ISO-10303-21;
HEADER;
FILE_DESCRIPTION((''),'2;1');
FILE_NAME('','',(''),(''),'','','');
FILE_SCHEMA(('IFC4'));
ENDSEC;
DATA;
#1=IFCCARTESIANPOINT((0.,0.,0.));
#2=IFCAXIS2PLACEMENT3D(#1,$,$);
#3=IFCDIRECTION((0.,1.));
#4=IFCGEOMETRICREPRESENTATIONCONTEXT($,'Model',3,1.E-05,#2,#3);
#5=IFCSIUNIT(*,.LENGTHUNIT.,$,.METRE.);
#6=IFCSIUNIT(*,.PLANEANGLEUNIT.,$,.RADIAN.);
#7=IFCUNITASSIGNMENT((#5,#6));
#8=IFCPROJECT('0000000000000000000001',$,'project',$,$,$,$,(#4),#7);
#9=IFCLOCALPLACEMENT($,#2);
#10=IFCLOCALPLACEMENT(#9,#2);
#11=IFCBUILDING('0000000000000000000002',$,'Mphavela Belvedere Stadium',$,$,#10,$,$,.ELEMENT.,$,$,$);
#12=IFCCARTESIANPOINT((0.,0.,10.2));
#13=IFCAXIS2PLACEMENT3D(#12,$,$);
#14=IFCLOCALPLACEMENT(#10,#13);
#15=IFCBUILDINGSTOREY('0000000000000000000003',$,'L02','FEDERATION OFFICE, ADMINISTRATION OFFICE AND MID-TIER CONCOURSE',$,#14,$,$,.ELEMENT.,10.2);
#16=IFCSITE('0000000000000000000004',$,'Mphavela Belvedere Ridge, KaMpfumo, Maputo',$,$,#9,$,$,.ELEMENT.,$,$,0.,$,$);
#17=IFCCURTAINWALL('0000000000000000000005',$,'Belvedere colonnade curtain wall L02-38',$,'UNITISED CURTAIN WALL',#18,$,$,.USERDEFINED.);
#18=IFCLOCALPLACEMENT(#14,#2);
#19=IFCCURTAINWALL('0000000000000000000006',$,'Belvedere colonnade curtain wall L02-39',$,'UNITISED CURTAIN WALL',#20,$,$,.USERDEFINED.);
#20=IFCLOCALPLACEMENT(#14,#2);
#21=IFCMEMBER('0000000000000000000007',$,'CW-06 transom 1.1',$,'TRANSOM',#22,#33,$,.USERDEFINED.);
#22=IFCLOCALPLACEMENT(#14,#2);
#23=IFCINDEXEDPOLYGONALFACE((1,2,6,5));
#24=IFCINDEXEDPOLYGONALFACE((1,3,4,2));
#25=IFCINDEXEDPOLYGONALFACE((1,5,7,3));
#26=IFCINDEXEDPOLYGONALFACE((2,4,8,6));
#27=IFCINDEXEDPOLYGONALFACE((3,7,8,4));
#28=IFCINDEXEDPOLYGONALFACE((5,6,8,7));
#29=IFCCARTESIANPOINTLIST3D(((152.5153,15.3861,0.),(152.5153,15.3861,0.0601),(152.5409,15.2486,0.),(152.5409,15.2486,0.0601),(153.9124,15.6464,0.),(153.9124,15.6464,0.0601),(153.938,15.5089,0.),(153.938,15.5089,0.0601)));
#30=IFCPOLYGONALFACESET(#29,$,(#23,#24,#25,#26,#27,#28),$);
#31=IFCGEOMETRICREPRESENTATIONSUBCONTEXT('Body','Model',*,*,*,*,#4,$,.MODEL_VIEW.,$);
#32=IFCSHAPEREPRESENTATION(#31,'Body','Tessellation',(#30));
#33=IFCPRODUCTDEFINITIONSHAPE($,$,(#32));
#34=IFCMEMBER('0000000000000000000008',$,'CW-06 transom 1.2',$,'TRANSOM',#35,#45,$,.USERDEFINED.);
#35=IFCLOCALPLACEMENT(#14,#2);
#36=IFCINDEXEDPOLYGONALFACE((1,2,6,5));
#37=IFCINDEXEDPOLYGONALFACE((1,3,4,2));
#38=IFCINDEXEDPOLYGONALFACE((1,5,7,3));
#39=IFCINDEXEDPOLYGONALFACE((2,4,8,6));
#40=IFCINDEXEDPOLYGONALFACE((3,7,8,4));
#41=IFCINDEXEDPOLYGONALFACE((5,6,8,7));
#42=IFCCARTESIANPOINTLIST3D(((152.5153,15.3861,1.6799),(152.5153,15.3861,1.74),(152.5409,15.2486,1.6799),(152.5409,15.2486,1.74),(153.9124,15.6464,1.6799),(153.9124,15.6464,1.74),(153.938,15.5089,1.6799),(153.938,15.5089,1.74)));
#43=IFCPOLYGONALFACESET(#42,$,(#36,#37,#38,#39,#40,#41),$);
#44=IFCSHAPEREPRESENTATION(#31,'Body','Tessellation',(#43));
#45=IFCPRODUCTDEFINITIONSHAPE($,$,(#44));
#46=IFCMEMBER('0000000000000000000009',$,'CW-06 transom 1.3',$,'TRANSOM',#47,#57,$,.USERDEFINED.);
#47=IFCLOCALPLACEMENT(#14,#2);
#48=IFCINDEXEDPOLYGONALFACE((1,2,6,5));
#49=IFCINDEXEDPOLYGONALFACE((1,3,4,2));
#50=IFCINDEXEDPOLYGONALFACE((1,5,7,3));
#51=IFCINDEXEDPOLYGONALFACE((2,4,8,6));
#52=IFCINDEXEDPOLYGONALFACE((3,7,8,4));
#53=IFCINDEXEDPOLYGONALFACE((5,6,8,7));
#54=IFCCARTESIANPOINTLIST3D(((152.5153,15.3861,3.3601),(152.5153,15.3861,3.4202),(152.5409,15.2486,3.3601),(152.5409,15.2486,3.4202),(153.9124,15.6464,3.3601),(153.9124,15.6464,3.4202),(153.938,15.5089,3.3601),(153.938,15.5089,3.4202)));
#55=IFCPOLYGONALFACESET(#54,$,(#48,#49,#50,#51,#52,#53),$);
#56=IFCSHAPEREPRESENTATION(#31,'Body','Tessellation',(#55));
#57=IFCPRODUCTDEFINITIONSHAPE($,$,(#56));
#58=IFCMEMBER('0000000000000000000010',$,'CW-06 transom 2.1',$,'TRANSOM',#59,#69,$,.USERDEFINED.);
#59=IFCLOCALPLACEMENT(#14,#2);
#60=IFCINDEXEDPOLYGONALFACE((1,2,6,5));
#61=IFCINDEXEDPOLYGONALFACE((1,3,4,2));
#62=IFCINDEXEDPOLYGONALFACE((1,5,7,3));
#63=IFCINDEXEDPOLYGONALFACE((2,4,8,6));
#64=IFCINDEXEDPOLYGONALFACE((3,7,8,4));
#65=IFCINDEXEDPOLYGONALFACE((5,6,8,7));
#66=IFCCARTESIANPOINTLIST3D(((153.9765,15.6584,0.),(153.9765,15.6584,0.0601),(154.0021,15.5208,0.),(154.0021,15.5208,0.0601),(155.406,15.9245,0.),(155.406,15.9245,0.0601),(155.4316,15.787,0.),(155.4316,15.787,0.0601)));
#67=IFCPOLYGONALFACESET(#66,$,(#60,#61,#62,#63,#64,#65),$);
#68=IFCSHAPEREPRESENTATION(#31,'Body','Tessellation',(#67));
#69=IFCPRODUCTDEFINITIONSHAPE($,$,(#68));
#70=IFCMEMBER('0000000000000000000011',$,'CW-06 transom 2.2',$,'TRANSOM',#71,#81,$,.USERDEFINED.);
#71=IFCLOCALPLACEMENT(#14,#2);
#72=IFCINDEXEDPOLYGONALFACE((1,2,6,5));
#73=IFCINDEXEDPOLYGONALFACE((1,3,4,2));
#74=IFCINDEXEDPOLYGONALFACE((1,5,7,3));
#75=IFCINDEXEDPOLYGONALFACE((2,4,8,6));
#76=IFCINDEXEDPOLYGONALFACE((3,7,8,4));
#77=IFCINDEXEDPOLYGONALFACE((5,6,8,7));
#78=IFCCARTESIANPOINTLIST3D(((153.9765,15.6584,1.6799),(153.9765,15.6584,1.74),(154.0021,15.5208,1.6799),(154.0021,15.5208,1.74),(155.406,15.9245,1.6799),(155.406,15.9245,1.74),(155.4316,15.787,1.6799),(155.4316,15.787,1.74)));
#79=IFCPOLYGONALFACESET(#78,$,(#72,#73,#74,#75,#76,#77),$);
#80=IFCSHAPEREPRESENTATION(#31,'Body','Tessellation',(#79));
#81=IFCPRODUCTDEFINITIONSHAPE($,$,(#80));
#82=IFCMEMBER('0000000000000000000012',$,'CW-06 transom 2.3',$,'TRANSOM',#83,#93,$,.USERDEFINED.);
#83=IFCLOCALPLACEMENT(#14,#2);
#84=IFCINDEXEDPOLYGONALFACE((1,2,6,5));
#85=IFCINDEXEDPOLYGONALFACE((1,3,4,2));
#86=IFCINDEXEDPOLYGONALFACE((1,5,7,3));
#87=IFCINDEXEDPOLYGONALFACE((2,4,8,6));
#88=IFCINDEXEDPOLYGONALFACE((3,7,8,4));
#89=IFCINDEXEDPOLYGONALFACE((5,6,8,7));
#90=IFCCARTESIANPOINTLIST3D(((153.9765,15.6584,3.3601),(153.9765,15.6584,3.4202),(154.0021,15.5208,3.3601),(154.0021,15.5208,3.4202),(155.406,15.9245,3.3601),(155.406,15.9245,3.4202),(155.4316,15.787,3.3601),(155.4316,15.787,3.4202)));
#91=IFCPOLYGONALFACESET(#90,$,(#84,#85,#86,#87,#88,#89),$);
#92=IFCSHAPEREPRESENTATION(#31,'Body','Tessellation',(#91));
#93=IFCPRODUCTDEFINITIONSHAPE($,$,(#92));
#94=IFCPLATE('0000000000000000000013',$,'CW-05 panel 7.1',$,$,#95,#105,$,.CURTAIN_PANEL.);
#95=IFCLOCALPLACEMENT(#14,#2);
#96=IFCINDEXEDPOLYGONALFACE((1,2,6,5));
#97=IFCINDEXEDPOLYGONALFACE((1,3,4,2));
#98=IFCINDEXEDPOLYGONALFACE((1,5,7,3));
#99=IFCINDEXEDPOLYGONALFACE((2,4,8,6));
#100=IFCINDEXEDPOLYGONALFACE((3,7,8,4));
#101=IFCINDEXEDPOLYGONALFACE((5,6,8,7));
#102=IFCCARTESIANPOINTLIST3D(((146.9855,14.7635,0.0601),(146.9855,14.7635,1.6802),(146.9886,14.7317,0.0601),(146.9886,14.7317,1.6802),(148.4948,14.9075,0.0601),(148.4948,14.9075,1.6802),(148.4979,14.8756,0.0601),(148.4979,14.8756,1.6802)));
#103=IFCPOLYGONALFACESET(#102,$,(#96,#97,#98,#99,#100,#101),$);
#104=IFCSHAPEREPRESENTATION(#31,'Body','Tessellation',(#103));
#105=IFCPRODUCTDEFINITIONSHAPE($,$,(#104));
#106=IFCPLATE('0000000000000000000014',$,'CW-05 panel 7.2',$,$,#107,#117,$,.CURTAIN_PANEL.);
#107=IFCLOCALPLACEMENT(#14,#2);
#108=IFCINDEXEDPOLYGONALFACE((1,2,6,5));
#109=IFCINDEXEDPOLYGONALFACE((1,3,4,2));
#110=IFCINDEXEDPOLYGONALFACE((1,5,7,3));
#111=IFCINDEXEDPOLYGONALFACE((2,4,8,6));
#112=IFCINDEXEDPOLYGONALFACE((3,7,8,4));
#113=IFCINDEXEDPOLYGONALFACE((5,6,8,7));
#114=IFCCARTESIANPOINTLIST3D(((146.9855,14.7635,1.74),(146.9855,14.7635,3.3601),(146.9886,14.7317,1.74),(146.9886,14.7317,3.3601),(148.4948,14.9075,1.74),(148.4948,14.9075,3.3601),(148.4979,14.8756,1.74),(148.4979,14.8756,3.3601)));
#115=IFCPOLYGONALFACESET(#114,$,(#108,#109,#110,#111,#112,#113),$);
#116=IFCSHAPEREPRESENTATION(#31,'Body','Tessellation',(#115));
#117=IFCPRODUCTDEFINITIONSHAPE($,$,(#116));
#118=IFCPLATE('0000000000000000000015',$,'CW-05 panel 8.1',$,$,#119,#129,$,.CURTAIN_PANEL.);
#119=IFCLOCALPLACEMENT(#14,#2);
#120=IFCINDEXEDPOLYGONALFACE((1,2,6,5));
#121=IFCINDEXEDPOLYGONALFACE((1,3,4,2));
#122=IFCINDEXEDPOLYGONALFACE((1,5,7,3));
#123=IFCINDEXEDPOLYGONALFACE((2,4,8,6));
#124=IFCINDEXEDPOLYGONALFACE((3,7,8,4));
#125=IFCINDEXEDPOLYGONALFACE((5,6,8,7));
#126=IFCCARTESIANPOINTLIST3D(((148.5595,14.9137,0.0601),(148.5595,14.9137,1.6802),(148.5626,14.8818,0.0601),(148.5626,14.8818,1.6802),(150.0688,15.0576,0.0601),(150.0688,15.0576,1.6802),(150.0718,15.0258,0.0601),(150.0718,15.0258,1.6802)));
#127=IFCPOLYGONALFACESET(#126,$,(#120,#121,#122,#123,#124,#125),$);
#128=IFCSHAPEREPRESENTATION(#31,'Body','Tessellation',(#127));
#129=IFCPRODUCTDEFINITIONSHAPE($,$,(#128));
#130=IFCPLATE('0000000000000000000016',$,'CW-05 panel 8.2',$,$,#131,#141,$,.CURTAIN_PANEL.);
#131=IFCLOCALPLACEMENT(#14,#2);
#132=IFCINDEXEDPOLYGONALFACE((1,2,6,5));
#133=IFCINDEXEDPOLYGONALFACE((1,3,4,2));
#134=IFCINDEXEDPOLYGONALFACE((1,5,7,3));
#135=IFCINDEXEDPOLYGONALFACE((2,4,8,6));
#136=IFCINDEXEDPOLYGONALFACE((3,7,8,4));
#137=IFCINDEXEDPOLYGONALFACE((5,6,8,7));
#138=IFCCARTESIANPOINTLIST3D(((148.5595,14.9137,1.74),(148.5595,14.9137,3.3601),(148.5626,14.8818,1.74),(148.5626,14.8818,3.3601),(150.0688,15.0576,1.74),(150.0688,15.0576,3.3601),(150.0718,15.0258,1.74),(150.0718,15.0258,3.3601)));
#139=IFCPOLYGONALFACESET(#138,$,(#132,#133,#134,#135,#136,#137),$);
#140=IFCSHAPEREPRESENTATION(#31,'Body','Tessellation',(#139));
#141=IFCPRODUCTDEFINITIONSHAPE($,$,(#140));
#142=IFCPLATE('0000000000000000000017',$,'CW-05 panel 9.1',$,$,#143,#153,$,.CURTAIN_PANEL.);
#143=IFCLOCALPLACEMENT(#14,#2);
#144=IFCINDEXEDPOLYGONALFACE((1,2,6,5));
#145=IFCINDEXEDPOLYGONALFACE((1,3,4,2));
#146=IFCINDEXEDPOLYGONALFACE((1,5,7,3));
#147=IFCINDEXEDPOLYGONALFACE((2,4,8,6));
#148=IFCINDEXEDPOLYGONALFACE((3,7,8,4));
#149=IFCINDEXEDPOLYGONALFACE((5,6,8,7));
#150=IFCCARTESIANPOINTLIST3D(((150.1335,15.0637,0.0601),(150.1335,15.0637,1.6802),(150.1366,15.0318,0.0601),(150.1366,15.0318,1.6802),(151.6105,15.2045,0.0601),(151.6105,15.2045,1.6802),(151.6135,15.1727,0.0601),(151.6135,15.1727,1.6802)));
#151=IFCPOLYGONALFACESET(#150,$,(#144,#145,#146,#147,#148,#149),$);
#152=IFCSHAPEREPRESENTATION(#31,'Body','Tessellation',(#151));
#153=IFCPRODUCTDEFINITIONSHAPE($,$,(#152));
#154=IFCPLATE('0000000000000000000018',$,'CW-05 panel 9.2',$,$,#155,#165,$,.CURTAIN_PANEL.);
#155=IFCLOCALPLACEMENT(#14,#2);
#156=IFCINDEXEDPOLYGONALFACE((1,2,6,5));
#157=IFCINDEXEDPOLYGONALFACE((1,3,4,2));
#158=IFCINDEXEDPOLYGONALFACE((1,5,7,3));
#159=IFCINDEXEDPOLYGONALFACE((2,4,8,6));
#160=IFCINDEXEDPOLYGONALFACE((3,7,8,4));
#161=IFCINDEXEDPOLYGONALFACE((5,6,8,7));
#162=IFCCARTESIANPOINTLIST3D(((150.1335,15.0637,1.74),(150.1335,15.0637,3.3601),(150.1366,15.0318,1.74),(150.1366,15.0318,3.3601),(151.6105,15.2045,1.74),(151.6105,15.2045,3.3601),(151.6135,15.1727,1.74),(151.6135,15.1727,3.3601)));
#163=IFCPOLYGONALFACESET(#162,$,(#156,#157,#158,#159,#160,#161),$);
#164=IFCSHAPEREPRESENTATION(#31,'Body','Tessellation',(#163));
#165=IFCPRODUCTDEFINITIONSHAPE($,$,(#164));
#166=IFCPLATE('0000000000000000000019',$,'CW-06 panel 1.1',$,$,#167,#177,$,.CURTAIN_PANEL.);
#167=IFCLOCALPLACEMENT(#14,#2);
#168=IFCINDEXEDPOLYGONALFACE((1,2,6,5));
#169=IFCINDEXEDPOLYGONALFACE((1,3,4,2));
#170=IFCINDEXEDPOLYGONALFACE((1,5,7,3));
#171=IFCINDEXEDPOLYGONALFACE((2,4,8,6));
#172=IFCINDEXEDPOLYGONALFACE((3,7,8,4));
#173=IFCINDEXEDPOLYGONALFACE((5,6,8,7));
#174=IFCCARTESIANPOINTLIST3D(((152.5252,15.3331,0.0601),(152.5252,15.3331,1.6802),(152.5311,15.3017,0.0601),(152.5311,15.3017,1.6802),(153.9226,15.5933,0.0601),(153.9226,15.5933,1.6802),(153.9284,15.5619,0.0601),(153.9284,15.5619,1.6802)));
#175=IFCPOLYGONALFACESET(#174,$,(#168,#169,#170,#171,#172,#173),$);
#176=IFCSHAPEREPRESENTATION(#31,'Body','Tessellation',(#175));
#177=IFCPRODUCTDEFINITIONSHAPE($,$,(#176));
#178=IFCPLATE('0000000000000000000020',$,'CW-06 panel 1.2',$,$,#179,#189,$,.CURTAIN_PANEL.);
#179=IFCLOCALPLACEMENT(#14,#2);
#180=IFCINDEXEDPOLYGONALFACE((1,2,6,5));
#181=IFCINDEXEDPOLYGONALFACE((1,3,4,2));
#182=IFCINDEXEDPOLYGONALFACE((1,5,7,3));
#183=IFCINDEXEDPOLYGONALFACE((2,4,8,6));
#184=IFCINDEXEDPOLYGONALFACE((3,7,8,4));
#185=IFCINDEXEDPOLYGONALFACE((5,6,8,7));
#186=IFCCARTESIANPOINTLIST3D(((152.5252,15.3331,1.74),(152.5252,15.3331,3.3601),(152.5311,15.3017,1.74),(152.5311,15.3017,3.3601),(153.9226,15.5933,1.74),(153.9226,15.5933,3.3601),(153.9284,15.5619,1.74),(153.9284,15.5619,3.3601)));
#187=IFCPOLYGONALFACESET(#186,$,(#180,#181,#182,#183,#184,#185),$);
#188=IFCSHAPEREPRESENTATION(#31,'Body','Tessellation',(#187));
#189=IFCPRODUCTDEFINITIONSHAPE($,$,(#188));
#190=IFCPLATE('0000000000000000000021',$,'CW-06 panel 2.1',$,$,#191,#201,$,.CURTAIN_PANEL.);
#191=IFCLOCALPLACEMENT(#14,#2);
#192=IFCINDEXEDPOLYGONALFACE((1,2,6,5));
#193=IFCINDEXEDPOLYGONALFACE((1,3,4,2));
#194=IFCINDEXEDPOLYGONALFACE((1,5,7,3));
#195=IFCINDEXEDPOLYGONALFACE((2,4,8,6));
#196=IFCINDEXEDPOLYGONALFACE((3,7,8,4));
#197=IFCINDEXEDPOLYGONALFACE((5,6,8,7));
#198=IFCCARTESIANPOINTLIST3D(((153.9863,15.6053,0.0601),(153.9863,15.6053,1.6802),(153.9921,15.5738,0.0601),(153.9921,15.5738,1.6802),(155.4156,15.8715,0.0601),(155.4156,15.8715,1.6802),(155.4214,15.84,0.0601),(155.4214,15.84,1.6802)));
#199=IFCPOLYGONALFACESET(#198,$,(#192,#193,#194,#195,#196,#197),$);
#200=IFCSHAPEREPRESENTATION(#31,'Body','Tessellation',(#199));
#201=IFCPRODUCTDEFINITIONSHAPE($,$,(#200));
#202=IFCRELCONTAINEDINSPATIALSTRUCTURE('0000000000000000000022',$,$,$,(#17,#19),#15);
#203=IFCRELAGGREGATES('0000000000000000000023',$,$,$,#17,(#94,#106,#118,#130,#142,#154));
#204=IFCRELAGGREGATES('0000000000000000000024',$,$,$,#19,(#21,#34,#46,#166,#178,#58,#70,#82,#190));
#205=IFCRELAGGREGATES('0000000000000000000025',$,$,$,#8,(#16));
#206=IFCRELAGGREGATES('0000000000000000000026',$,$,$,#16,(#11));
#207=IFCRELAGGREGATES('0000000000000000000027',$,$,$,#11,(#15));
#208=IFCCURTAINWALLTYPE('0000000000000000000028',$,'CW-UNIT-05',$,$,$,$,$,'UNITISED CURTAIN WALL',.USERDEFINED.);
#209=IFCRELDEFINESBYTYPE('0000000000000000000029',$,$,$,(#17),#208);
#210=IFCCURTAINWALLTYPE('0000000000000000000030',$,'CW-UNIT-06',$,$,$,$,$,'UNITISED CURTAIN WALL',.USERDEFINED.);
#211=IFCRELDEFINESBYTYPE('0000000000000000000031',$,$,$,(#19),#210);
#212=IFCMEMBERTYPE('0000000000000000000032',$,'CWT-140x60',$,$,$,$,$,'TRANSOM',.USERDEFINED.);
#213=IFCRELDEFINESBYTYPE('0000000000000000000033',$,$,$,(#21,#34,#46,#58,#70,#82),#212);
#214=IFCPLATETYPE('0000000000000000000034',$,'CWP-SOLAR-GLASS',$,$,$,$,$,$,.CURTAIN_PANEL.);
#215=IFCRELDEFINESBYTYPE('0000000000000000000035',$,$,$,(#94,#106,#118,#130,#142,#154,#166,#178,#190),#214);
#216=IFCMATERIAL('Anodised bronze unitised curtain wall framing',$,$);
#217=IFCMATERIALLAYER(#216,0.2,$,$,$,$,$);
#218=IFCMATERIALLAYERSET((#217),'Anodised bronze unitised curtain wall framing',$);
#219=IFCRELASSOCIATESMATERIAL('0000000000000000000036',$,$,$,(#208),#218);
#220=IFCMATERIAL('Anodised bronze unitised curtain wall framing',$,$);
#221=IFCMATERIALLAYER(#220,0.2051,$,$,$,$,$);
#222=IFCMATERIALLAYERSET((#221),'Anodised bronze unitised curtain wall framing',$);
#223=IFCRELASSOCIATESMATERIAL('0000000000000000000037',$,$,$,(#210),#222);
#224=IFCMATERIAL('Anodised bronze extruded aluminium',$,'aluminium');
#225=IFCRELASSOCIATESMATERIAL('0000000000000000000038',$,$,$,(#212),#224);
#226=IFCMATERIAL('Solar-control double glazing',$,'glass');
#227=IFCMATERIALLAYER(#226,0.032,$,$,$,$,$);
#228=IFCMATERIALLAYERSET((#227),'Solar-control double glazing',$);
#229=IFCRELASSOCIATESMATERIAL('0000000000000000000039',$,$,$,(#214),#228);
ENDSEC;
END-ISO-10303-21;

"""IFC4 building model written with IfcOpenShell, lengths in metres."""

from ifc_helpers import new_model, si_unit, direction, frame, origin, origin_2d, place, context, subcontext, project, spatial, rectangle, extrude, material, layer, layer_set, material_profile, profile_set, type_object, element, aggregate, save


model = new_model("IFC4")

# Units and contexts
model_context = context("Model", 3, precision=1e-05, world=origin(), true_north=direction((0.0, 1.0)))
body_context = subcontext(model_context, "Body", "Model", "MODEL_VIEW")
ifc_project = project(units=[si_unit("LENGTHUNIT", "METRE"), si_unit("PLANEANGLEUNIT", "RADIAN")], contexts=[model_context])

# Site, building, storey
site_placement = place(None, origin())
site = spatial("IfcSite", under=ifc_project, at=site_placement, Name="Mphavela Belvedere Ridge, KaMpfumo, Maputo", CompositionType="ELEMENT", RefElevation=0.0)
building_placement = place(site_placement, origin())
building = spatial("IfcBuilding", under=site, at=building_placement, Name="Mphavela Belvedere Stadium", CompositionType="ELEMENT")
storey_placement = place(building_placement, frame((0.0, 0.0, 10.2)))
storey = spatial("IfcBuildingStorey", under=building, at=storey_placement, Name="L02", Description="FEDERATION OFFICE, ADMINISTRATION OFFICE AND MID-TIER CONCOURSE", CompositionType="ELEMENT", Elevation=10.2)

# Curtain walls
ifc_material_1 = material(Name="Anodised bronze unitised curtain wall framing")
ifc_layer_1 = layer(ifc_material_1, 0.2)
ifc_layer_set_1 = layer_set([ifc_layer_1], Name="Anodised bronze unitised curtain wall framing")
curtain_wall_type_1 = type_object("IfcCurtainWallType", Name="CW-UNIT-05", ElementType="UNITISED CURTAIN WALL", PredefinedType="USERDEFINED", material=ifc_layer_set_1)
curtain_wall_1_placement = place(storey_placement, origin())
curtain_wall_1 = element("IfcCurtainWall", 1, at=curtain_wall_1_placement, inside=storey, type_object=curtain_wall_type_1, Name="Belvedere colonnade curtain wall L02-38", ObjectType="UNITISED CURTAIN WALL", PredefinedType="USERDEFINED")
ifc_material_2 = material(Name="Anodised bronze unitised curtain wall framing")
ifc_layer_2 = layer(ifc_material_2, 0.2051)
ifc_layer_set_2 = layer_set([ifc_layer_2], Name="Anodised bronze unitised curtain wall framing")
curtain_wall_type_2 = type_object("IfcCurtainWallType", Name="CW-UNIT-06", ElementType="UNITISED CURTAIN WALL", PredefinedType="USERDEFINED", material=ifc_layer_set_2)
curtain_wall_2_placement = place(storey_placement, origin())
curtain_wall_2 = element("IfcCurtainWall", 2, at=curtain_wall_2_placement, inside=storey, type_object=curtain_wall_type_2, Name="Belvedere colonnade curtain wall L02-39", ObjectType="UNITISED CURTAIN WALL", PredefinedType="USERDEFINED")

# Members
ifc_material_3 = material(Name="Anodised bronze extruded aluminium", Category="aluminium")
ifc_material_profile_1 = material_profile(ifc_material_3, rectangle(XDim=0.1399, YDim=0.0601, at=origin_2d()), Name="CW-TRN 140x60")
ifc_profile_set_1 = profile_set([ifc_material_profile_1], Name="Anodised bronze extruded aluminium")
member_type_1 = type_object("IfcMemberType", Name="CWT-140x60", ElementType="TRANSOM", PredefinedType="USERDEFINED", material=ifc_profile_set_1)
member_1_placement = place(storey_placement, frame((152.5281, 15.3174, 0.03), z_axis=(0.983091, 0.183116, 0.0), x_axis=(-0.183116, 0.983091, 0.0)))
member_1 = element("IfcMember", 3, at=member_1_placement, type_object=member_type_1, Name="CW-06 transom 1.1", ObjectType="TRANSOM", PredefinedType="USERDEFINED", context=body_context, shape_type="SweptSolid", body=[
    extrude(rectangle(XDim=0.1399, YDim=0.0601, at=origin_2d()), origin(), (0.0, 0.0, 1.0), 1.4211),
])
member_2_placement = place(storey_placement, frame((152.5281, 15.3174, 1.71), z_axis=(0.983091, 0.183116, 0.0), x_axis=(-0.183116, 0.983091, 0.0)))
member_2 = element("IfcMember", 4, at=member_2_placement, type_object=member_type_1, Name="CW-06 transom 1.2", ObjectType="TRANSOM", PredefinedType="USERDEFINED", context=body_context, shape_type="SweptSolid", body=[
    extrude(rectangle(XDim=0.1399, YDim=0.0601, at=origin_2d()), origin(), (0.0, 0.0, 1.0), 1.4211),
])
member_3_placement = place(storey_placement, frame((152.5281, 15.3174, 3.3901), z_axis=(0.983091, 0.183116, 0.0), x_axis=(-0.183116, 0.983091, 0.0)))
member_3 = element("IfcMember", 5, at=member_3_placement, type_object=member_type_1, Name="CW-06 transom 1.3", ObjectType="TRANSOM", PredefinedType="USERDEFINED", context=body_context, shape_type="SweptSolid", body=[
    extrude(rectangle(XDim=0.1399, YDim=0.0601, at=origin_2d()), origin(), (0.0, 0.0, 1.0), 1.4211),
])
member_4_placement = place(storey_placement, frame((153.9893, 15.5896, 0.03), z_axis=(0.983109, 0.183021, 0.0), x_axis=(-0.183021, 0.983109, 0.0)))
member_4 = element("IfcMember", 6, at=member_4_placement, type_object=member_type_1, Name="CW-06 transom 2.1", ObjectType="TRANSOM", PredefinedType="USERDEFINED", context=body_context, shape_type="SweptSolid", body=[
    extrude(rectangle(XDim=0.1399, YDim=0.0601, at=origin_2d()), origin(), (0.0, 0.0, 1.0), 1.4541),
])
member_5_placement = place(storey_placement, frame((153.9893, 15.5896, 1.71), z_axis=(0.983109, 0.183021, 0.0), x_axis=(-0.183021, 0.983109, 0.0)))
member_5 = element("IfcMember", 7, at=member_5_placement, type_object=member_type_1, Name="CW-06 transom 2.2", ObjectType="TRANSOM", PredefinedType="USERDEFINED", context=body_context, shape_type="SweptSolid", body=[
    extrude(rectangle(XDim=0.1399, YDim=0.0601, at=origin_2d()), origin(), (0.0, 0.0, 1.0), 1.4541),
])
member_6_placement = place(storey_placement, frame((153.9893, 15.5896, 3.3901), z_axis=(0.983109, 0.183021, 0.0), x_axis=(-0.183021, 0.983109, 0.0)))
member_6 = element("IfcMember", 8, at=member_6_placement, type_object=member_type_1, Name="CW-06 transom 2.3", ObjectType="TRANSOM", PredefinedType="USERDEFINED", context=body_context, shape_type="SweptSolid", body=[
    extrude(rectangle(XDim=0.1399, YDim=0.0601, at=origin_2d()), origin(), (0.0, 0.0, 1.0), 1.4541),
])

# Plates
ifc_material_4 = material(Name="Solar-control double glazing", Category="glass")
ifc_layer_3 = layer(ifc_material_4, 0.032)
ifc_layer_set_3 = layer_set([ifc_layer_3], Name="Solar-control double glazing")
plate_type = type_object("IfcPlateType", Name="CWP-SOLAR-GLASS", PredefinedType="CURTAIN_PANEL", material=ifc_layer_set_3)
plate_1_placement = place(storey_placement, frame((147.7417, 14.8196, 0.0601), z_axis=(0.0, 0.0, 1.0), x_axis=(0.995484, 0.094926, 0.0)))
plate_1 = element("IfcPlate", 9, at=plate_1_placement, type_object=plate_type, Name="CW-05 panel 7.1", PredefinedType="CURTAIN_PANEL", context=body_context, shape_type="SweptSolid", body=[
    extrude(rectangle(XDim=1.5161, YDim=0.032, at=origin_2d()), origin(), (0.0, 0.0, 1.0), 1.6201),
])
plate_2_placement = place(storey_placement, frame((147.7417, 14.8196, 1.74), z_axis=(0.0, 0.0, 1.0), x_axis=(0.995484, 0.094926, 0.0)))
plate_2 = element("IfcPlate", 10, at=plate_2_placement, type_object=plate_type, Name="CW-05 panel 7.2", PredefinedType="CURTAIN_PANEL", context=body_context, shape_type="SweptSolid", body=[
    extrude(rectangle(XDim=1.5161, YDim=0.032, at=origin_2d()), origin(), (0.0, 0.0, 1.0), 1.6201),
])
plate_3_placement = place(storey_placement, frame((149.3157, 14.9697, 0.0601), z_axis=(0.0, 0.0, 1.0), x_axis=(0.995484, 0.094926, 0.0)))
plate_3 = element("IfcPlate", 11, at=plate_3_placement, type_object=plate_type, Name="CW-05 panel 8.1", PredefinedType="CURTAIN_PANEL", context=body_context, shape_type="SweptSolid", body=[
    extrude(rectangle(XDim=1.5161, YDim=0.032, at=origin_2d()), origin(), (0.0, 0.0, 1.0), 1.6201),
])
plate_4_placement = place(storey_placement, frame((149.3157, 14.9697, 1.74), z_axis=(0.0, 0.0, 1.0), x_axis=(0.995484, 0.094926, 0.0)))
plate_4 = element("IfcPlate", 12, at=plate_4_placement, type_object=plate_type, Name="CW-05 panel 8.2", PredefinedType="CURTAIN_PANEL", context=body_context, shape_type="SweptSolid", body=[
    extrude(rectangle(XDim=1.5161, YDim=0.032, at=origin_2d()), origin(), (0.0, 0.0, 1.0), 1.6201),
])
plate_5_placement = place(storey_placement, frame((150.8735, 15.1182, 0.0601), z_axis=(0.0, 0.0, 1.0), x_axis=(0.995484, 0.094926, 0.0)))
plate_5 = element("IfcPlate", 13, at=plate_5_placement, type_object=plate_type, Name="CW-05 panel 9.1", PredefinedType="CURTAIN_PANEL", context=body_context, shape_type="SweptSolid", body=[
    extrude(rectangle(XDim=1.4836, YDim=0.032, at=origin_2d()), origin(), (0.0, 0.0, 1.0), 1.6201),
])
plate_6_placement = place(storey_placement, frame((150.8735, 15.1182, 1.74), z_axis=(0.0, 0.0, 1.0), x_axis=(0.995484, 0.094926, 0.0)))
plate_6 = element("IfcPlate", 14, at=plate_6_placement, type_object=plate_type, Name="CW-05 panel 9.2", PredefinedType="CURTAIN_PANEL", context=body_context, shape_type="SweptSolid", body=[
    extrude(rectangle(XDim=1.4836, YDim=0.032, at=origin_2d()), origin(), (0.0, 0.0, 1.0), 1.6201),
])
aggregate(curtain_wall_1, [plate_1, plate_2, plate_3, plate_4, plate_5, plate_6])
plate_7_placement = place(storey_placement, frame((153.2268, 15.4475, 0.0601), z_axis=(0.0, 0.0, 1.0), x_axis=(0.983097, 0.183085, 0.0)))
plate_7 = element("IfcPlate", 15, at=plate_7_placement, type_object=plate_type, Name="CW-06 panel 1.1", PredefinedType="CURTAIN_PANEL", context=body_context, shape_type="SweptSolid", body=[
    extrude(rectangle(XDim=1.4214, YDim=0.032, at=origin_2d()), origin(), (0.0, 0.0, 1.0), 1.6201),
])
plate_8_placement = place(storey_placement, frame((153.2268, 15.4475, 1.74), z_axis=(0.0, 0.0, 1.0), x_axis=(0.983097, 0.183085, 0.0)))
plate_8 = element("IfcPlate", 16, at=plate_8_placement, type_object=plate_type, Name="CW-06 panel 1.2", PredefinedType="CURTAIN_PANEL", context=body_context, shape_type="SweptSolid", body=[
    extrude(rectangle(XDim=1.4214, YDim=0.032, at=origin_2d()), origin(), (0.0, 0.0, 1.0), 1.6201),
])
plate_9_placement = place(storey_placement, frame((154.7039, 15.7227, 0.0601), z_axis=(0.0, 0.0, 1.0), x_axis=(0.983097, 0.183085, 0.0)))
plate_9 = element("IfcPlate", 17, at=plate_9_placement, type_object=plate_type, Name="CW-06 panel 2.1", PredefinedType="CURTAIN_PANEL", context=body_context, shape_type="SweptSolid", body=[
    extrude(rectangle(XDim=1.4539, YDim=0.032, at=origin_2d()), origin(), (0.0, 0.0, 1.0), 1.6201),
])
aggregate(curtain_wall_2, [member_1, member_2, member_3, plate_7, plate_8, member_4, member_5, member_6, plate_9])

save(model, "model.ifc")
